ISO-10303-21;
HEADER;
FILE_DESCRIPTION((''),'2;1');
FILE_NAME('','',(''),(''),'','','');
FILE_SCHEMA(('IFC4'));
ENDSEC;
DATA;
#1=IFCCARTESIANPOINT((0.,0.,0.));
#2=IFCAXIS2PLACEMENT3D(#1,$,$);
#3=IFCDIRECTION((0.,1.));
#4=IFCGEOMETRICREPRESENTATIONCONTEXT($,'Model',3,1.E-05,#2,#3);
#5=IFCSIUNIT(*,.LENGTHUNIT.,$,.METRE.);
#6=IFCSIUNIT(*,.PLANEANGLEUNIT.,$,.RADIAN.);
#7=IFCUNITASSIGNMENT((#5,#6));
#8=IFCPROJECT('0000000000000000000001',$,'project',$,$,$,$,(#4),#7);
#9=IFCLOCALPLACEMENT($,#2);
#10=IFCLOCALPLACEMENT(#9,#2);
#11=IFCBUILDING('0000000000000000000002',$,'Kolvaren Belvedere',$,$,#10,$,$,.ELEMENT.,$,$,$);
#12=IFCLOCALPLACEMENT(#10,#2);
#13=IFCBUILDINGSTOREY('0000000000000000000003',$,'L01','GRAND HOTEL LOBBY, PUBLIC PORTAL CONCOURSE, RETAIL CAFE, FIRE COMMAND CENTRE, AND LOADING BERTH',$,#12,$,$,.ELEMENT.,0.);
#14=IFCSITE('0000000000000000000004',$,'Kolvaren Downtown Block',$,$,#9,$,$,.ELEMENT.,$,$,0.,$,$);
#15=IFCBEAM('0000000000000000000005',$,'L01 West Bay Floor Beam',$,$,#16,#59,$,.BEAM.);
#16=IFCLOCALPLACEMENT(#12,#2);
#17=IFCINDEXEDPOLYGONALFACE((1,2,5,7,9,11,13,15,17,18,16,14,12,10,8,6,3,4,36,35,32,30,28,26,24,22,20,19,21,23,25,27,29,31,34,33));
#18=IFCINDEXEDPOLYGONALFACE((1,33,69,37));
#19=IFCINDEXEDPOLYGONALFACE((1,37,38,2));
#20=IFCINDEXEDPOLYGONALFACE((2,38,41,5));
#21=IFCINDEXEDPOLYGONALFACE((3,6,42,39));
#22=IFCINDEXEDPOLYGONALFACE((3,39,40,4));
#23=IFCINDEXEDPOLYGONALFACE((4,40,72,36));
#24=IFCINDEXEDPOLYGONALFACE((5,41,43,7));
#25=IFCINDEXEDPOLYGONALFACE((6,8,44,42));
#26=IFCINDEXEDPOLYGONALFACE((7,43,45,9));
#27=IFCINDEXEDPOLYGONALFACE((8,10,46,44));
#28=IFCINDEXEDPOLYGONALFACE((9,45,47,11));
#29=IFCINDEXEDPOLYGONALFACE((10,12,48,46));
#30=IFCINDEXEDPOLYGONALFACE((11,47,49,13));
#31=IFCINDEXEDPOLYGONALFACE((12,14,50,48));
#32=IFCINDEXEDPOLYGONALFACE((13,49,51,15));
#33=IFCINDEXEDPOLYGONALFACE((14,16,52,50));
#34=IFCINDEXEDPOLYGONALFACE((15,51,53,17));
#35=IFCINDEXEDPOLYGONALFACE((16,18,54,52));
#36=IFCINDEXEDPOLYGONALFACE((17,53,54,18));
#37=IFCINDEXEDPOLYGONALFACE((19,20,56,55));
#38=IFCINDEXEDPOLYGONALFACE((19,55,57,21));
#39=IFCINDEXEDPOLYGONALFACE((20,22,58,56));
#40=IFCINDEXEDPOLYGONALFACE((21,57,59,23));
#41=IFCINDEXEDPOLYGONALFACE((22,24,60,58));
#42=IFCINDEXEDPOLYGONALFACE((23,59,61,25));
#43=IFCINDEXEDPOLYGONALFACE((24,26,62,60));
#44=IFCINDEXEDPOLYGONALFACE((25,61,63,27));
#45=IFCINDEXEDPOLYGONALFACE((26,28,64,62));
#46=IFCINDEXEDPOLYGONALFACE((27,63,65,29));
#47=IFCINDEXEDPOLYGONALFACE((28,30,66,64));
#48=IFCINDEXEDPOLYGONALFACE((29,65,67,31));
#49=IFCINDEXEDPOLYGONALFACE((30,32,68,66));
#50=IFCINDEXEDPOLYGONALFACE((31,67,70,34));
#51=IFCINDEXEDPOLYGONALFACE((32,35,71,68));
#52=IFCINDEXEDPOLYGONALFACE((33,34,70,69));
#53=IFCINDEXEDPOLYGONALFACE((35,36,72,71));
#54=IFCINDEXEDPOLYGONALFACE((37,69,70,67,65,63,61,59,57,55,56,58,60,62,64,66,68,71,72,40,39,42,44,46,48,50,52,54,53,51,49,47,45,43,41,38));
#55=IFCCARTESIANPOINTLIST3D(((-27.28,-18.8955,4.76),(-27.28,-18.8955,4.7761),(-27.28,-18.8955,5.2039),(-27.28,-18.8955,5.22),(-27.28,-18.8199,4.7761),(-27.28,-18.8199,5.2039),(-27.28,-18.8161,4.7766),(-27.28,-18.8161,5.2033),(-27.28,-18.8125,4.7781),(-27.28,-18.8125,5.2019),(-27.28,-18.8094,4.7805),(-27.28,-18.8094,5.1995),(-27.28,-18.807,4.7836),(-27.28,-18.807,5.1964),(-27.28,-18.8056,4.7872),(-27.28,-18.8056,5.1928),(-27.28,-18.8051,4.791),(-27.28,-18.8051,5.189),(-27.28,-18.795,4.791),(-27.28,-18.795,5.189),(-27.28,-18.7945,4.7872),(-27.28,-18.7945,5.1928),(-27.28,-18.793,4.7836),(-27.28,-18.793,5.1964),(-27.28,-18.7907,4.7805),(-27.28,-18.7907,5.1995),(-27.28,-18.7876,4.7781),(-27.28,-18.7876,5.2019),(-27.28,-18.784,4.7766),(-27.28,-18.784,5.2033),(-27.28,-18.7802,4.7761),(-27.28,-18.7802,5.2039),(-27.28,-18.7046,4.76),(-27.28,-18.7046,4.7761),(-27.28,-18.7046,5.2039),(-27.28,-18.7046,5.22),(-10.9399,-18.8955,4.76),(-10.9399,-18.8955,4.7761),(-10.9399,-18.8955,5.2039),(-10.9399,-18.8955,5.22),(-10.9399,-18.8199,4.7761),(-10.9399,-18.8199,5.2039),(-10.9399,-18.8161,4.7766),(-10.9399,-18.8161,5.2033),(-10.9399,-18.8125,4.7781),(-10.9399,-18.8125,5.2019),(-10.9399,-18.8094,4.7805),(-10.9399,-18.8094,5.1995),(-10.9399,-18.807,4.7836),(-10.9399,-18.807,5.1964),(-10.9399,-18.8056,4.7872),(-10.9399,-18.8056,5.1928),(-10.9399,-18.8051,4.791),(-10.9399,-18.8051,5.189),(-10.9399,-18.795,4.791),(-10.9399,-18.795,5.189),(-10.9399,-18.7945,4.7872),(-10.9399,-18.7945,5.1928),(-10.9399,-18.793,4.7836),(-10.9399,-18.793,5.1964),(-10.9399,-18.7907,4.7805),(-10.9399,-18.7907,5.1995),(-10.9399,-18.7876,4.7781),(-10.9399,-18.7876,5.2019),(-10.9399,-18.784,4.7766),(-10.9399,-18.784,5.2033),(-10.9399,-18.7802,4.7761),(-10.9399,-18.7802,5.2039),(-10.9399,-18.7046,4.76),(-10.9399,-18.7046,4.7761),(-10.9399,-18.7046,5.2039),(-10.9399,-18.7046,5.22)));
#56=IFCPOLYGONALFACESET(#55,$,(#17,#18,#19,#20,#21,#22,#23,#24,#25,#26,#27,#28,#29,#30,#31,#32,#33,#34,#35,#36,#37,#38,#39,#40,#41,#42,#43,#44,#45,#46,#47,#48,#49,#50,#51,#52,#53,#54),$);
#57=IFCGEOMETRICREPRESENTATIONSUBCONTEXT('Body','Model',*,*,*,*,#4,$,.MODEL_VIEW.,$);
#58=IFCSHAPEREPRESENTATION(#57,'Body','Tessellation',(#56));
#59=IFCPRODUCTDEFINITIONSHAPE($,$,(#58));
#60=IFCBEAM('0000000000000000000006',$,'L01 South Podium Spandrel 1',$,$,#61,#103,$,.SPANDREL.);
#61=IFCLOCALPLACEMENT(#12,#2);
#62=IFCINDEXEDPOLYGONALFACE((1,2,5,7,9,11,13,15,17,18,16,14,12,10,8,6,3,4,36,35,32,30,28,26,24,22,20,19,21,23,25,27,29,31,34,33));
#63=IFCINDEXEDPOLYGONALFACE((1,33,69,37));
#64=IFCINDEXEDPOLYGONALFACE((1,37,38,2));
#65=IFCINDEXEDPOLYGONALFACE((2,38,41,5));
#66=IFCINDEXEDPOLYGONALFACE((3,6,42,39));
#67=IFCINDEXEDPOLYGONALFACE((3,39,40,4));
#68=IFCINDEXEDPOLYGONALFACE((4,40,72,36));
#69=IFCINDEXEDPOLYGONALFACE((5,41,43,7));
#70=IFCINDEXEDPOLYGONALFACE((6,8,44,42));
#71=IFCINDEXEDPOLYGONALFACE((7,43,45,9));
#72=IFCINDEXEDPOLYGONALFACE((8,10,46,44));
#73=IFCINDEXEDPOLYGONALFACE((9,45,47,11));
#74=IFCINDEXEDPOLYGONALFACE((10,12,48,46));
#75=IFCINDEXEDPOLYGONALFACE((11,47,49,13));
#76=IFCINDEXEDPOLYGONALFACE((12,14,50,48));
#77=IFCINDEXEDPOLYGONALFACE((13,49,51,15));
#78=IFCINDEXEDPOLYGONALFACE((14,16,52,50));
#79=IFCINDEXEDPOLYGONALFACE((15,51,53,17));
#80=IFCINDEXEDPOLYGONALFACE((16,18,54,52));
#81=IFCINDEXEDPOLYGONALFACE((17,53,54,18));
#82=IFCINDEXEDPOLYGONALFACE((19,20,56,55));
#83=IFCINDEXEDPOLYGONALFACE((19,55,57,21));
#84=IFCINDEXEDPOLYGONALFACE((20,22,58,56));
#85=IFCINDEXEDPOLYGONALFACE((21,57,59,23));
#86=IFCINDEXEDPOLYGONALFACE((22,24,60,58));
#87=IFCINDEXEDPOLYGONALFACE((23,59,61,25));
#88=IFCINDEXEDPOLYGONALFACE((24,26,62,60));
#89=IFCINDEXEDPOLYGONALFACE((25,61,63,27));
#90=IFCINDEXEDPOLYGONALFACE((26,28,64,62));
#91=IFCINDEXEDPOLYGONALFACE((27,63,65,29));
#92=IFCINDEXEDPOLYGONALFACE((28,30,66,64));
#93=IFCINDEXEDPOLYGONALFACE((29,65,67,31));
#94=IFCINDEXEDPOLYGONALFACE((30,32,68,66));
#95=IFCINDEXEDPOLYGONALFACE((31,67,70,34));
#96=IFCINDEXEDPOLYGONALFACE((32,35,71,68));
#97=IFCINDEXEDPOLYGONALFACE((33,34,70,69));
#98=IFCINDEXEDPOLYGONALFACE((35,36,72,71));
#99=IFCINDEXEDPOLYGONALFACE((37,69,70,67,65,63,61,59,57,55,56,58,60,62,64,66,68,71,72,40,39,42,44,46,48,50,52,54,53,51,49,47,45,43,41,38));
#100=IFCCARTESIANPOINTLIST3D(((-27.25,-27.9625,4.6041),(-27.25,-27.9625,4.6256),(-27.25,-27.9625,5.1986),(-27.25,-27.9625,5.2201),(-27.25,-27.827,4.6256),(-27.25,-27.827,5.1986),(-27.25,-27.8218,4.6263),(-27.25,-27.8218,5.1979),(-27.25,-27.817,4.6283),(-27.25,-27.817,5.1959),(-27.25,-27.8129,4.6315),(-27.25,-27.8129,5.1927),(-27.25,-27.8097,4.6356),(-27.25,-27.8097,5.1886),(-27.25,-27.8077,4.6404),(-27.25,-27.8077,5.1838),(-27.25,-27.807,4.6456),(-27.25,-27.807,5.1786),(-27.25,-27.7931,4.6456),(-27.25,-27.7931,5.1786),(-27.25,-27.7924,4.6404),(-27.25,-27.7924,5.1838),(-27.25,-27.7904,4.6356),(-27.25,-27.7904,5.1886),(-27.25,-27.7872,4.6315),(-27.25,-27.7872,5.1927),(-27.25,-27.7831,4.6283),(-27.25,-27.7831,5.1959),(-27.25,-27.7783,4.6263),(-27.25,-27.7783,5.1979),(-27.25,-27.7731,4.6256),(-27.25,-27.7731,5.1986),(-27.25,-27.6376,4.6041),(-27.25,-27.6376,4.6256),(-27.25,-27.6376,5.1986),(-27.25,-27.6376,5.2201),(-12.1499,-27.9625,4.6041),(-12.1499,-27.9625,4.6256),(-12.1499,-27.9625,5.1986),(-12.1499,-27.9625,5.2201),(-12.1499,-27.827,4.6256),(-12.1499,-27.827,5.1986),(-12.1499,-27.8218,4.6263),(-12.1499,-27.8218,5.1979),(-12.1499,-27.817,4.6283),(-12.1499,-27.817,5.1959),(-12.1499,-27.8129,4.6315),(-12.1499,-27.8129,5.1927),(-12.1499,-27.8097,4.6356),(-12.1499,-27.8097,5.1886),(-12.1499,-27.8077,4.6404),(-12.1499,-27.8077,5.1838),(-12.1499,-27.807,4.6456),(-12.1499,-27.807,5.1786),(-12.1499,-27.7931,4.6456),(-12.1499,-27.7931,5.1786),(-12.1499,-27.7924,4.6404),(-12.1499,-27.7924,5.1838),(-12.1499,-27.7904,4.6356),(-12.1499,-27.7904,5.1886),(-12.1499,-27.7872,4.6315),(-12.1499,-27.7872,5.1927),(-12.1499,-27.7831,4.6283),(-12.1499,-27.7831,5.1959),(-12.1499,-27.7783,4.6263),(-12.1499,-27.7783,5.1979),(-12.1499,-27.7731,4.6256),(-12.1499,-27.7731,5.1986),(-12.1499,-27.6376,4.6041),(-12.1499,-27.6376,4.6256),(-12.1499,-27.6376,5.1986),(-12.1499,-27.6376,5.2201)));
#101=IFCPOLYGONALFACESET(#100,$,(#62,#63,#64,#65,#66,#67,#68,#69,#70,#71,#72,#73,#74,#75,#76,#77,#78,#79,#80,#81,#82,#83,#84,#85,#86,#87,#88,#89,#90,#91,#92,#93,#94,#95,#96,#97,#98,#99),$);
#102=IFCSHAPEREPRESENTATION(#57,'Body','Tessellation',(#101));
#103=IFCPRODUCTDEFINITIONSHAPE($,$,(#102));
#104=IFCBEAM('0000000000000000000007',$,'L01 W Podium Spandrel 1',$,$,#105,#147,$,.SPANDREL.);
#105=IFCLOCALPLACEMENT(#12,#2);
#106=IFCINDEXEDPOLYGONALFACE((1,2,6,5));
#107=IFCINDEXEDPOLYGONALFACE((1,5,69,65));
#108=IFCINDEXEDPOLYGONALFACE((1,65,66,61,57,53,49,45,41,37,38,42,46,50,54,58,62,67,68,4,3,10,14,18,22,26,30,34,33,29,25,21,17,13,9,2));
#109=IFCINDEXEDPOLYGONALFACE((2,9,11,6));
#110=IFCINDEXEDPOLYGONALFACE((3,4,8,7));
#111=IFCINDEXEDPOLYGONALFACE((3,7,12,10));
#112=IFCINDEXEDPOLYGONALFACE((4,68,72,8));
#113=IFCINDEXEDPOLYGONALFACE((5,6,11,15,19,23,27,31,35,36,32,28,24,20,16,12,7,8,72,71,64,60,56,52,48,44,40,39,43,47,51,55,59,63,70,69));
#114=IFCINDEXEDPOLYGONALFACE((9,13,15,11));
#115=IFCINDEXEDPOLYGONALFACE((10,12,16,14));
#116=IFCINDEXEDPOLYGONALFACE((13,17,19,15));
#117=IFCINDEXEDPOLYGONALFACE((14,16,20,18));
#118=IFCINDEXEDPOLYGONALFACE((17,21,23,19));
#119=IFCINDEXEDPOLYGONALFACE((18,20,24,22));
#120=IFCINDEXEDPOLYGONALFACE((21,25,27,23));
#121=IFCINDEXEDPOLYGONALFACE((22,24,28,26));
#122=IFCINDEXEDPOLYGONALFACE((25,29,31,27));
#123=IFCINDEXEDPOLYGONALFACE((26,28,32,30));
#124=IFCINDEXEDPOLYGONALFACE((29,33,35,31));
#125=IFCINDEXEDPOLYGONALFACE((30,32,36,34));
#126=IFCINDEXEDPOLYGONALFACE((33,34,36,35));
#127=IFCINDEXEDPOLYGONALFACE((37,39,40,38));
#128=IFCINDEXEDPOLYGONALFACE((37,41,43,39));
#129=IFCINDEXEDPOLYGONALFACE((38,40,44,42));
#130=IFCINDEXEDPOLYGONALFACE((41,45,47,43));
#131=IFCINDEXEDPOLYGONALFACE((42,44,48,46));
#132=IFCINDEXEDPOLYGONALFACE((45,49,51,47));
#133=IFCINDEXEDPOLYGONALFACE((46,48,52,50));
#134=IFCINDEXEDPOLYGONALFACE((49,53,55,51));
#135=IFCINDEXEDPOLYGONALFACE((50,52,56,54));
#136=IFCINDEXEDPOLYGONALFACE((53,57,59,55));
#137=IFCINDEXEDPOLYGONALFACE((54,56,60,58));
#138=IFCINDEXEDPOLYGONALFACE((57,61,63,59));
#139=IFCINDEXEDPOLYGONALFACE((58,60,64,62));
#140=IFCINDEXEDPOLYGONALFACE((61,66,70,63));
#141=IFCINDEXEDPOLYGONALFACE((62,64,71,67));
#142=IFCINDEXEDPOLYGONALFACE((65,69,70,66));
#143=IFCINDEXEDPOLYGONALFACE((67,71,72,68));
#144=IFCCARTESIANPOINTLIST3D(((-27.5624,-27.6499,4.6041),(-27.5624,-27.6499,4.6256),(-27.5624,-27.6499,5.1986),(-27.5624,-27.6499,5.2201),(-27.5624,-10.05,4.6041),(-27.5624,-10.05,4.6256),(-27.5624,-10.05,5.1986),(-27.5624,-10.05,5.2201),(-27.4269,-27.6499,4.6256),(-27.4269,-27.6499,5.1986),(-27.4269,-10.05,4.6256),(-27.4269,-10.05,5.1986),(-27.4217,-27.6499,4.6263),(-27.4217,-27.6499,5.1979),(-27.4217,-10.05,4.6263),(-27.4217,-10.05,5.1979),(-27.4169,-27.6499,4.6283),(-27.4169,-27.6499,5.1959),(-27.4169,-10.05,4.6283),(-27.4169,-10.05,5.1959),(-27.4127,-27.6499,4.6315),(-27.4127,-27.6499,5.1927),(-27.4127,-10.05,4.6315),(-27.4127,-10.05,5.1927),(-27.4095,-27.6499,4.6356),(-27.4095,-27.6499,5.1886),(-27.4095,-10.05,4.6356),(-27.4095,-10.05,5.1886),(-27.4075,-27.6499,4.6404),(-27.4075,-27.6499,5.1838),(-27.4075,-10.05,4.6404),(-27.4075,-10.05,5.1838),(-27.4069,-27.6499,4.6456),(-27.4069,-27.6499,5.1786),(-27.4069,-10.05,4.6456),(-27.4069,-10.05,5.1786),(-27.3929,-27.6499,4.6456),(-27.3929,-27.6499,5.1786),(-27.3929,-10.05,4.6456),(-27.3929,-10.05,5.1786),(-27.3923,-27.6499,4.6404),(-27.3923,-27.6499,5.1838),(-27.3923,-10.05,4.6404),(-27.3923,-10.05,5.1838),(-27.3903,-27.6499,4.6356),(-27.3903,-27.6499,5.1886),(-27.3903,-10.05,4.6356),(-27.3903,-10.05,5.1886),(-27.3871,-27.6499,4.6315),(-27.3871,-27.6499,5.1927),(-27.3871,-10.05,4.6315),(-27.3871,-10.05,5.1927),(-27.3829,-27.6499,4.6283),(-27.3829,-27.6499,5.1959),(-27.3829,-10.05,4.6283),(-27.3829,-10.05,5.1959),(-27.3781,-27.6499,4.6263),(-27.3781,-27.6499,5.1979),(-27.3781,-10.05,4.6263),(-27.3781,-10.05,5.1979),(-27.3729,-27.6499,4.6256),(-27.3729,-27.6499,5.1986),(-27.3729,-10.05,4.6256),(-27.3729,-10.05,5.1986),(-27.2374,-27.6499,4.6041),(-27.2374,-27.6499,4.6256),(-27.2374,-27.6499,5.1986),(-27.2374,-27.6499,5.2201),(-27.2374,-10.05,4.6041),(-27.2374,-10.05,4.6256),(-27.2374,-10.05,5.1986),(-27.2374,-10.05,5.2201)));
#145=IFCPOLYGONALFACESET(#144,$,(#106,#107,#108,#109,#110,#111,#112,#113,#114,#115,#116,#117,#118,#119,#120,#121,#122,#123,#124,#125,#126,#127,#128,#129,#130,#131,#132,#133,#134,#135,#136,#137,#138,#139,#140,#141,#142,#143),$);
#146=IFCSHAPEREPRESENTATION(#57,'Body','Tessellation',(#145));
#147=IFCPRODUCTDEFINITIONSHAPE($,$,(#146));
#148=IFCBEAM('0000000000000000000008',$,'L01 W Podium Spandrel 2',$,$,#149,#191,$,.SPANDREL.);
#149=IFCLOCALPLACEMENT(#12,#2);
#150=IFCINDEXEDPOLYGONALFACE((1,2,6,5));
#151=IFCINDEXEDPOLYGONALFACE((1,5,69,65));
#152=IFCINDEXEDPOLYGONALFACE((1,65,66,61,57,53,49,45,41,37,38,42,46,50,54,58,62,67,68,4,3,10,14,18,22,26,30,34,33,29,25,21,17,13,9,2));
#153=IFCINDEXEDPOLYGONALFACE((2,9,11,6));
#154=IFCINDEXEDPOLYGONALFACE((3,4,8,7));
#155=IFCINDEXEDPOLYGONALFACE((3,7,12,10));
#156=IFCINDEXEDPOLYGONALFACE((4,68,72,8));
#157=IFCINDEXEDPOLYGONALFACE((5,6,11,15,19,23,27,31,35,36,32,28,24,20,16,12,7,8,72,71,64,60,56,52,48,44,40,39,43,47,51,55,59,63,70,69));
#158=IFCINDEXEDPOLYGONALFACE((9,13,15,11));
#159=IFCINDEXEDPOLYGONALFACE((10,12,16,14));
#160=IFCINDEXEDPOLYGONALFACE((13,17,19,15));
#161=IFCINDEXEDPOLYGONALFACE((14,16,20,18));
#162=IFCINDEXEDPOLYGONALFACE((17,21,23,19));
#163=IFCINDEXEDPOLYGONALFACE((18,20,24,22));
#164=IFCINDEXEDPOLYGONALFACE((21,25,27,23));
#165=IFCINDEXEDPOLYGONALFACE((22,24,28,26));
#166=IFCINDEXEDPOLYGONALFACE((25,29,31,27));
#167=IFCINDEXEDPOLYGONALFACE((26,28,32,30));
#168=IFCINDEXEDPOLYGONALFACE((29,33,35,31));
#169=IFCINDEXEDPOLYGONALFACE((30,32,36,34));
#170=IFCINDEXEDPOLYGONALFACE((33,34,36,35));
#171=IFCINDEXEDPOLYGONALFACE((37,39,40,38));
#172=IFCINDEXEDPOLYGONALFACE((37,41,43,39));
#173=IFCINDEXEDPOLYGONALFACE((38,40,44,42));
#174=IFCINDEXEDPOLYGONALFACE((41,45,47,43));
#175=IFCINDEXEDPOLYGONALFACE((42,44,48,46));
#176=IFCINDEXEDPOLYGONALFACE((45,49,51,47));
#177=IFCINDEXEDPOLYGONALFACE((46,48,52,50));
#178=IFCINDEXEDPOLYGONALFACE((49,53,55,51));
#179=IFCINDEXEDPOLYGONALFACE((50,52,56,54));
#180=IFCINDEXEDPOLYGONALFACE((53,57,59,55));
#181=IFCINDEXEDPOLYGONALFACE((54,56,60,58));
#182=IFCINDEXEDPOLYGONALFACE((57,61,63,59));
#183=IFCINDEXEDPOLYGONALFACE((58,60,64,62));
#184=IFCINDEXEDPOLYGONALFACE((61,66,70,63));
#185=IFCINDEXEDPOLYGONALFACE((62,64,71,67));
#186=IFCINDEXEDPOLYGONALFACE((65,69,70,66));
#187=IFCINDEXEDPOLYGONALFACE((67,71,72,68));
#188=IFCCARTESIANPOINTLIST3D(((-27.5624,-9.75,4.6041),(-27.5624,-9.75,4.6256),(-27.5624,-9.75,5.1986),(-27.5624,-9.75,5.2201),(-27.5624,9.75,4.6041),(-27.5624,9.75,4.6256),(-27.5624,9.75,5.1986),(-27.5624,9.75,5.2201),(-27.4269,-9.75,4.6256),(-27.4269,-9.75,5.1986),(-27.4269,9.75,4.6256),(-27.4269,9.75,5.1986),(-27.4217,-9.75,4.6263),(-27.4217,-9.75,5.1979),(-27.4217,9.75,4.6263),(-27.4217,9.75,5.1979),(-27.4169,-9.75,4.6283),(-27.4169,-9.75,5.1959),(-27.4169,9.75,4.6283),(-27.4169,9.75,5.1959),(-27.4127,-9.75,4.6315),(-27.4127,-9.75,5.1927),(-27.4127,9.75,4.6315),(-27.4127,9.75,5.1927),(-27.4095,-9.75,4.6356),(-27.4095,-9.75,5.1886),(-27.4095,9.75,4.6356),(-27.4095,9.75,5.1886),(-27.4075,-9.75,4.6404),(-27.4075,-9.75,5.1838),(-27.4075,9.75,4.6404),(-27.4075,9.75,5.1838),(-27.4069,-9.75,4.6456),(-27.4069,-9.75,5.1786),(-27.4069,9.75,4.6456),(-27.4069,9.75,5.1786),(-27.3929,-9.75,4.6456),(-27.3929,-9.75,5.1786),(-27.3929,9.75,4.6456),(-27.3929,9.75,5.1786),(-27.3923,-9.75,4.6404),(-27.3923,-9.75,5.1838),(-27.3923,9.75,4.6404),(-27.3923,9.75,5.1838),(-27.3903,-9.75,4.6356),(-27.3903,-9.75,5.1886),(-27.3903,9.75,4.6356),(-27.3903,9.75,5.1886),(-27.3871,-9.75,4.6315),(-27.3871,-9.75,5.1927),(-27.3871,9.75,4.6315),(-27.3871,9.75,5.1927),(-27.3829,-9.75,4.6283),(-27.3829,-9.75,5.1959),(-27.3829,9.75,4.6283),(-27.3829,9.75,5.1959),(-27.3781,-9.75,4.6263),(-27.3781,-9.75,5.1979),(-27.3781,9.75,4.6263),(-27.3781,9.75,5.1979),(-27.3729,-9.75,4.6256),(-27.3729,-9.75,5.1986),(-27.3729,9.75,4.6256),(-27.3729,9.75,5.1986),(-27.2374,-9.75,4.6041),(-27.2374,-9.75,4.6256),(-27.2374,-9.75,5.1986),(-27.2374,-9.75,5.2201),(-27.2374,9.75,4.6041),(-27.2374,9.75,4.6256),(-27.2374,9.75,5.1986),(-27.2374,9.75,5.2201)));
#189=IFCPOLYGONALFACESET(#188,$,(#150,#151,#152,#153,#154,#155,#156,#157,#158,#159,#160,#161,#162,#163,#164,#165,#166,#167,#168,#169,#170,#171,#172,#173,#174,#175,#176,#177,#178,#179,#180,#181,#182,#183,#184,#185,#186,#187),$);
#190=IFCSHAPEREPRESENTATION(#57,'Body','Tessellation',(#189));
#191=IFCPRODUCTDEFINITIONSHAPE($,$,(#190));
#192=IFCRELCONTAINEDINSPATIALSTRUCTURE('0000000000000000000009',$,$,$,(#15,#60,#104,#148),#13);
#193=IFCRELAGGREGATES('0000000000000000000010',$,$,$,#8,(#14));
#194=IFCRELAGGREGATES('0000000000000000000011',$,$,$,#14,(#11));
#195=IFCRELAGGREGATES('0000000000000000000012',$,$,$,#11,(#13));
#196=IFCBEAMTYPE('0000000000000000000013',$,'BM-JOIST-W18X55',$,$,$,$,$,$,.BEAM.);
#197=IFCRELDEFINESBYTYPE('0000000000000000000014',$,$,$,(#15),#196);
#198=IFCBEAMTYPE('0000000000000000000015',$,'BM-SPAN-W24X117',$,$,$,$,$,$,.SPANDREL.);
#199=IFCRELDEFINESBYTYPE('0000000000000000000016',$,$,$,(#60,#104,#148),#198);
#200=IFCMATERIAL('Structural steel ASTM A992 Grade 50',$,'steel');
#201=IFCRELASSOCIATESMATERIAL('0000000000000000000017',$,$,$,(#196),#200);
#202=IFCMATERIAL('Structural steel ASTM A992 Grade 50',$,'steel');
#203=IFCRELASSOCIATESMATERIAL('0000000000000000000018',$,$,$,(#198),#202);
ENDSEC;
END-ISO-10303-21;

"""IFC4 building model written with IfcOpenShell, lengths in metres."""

from ifc_helpers import new_model, si_unit, direction, frame, origin, origin_2d, place, context, subcontext, project, spatial, i_section, extrude, material, material_profile, profile_set, type_object, element, save


model = new_model("IFC4")

# Units and contexts
model_context = context("Model", 3, precision=1e-05, world=origin(), true_north=direction((0.0, 1.0)))
body_context = subcontext(model_context, "Body", "Model", "MODEL_VIEW")
ifc_project = project(units=[si_unit("LENGTHUNIT", "METRE"), si_unit("PLANEANGLEUNIT", "RADIAN")], contexts=[model_context])

# Site, building, storey
site_placement = place(None, origin())
site = spatial("IfcSite", under=ifc_project, at=site_placement, Name="Kolvaren Downtown Block", CompositionType="ELEMENT", RefElevation=0.0)
building_placement = place(site_placement, origin())
building = spatial("IfcBuilding", under=site, at=building_placement, Name="Kolvaren Belvedere", CompositionType="ELEMENT")
storey_placement = place(building_placement, origin())
storey = spatial("IfcBuildingStorey", under=building, at=storey_placement, Name="L01", Description="GRAND HOTEL LOBBY, PUBLIC PORTAL CONCOURSE, RETAIL CAFE, FIRE COMMAND CENTRE, AND LOADING BERTH", CompositionType="ELEMENT", Elevation=0.0)

# Beams
ifc_material_1 = material(Name="Structural steel ASTM A992 Grade 50", Category="steel")
ifc_material_profile_1 = material_profile(ifc_material_1, i_section(OverallWidth=0.1909, OverallDepth=0.46, WebThickness=0.01, FlangeThickness=0.0161, FilletRadius=0.0149, at=origin_2d()), Name="W18X55")
ifc_profile_set_1 = profile_set([ifc_material_profile_1], Name="Structural steel ASTM A992 Grade 50")
beam_type_1 = type_object("IfcBeamType", Name="BM-JOIST-W18X55", PredefinedType="BEAM", material=ifc_profile_set_1)
beam_1_placement = place(storey_placement, frame((-27.28, -18.8, 4.99), z_axis=(1.0, 0.0, 0.0), x_axis=(0.0, 1.0, 0.0)))
element("IfcBeam", 1, at=beam_1_placement, inside=storey, type_object=beam_type_1, Name="L01 West Bay Floor Beam", PredefinedType="BEAM", context=body_context, shape_type="SweptSolid", body=[
    extrude(i_section(OverallWidth=0.1909, OverallDepth=0.46, WebThickness=0.01, FlangeThickness=0.0161, FilletRadius=0.0149, at=origin_2d()), origin(), (0.0, 0.0, 1.0), 16.3401),
])
ifc_material_2 = material(Name="Structural steel ASTM A992 Grade 50", Category="steel")
ifc_material_profile_2 = material_profile(ifc_material_2, i_section(OverallWidth=0.325, OverallDepth=0.616, WebThickness=0.0139, FlangeThickness=0.0215, FilletRadius=0.02, at=origin_2d()), Name="W24X117")
ifc_profile_set_2 = profile_set([ifc_material_profile_2], Name="Structural steel ASTM A992 Grade 50")
beam_type_2 = type_object("IfcBeamType", Name="BM-SPAN-W24X117", PredefinedType="SPANDREL", material=ifc_profile_set_2)
beam_2_placement = place(storey_placement, frame((-27.25, -27.8, 4.9121), z_axis=(1.0, 0.0, 0.0), x_axis=(0.0, 1.0, 0.0)))
element("IfcBeam", 2, at=beam_2_placement, inside=storey, type_object=beam_type_2, Name="L01 South Podium Spandrel 1", PredefinedType="SPANDREL", context=body_context, shape_type="SweptSolid", body=[
    extrude(i_section(OverallWidth=0.325, OverallDepth=0.616, WebThickness=0.0139, FlangeThickness=0.0215, FilletRadius=0.02, at=origin_2d()), origin(), (0.0, 0.0, 1.0), 15.1001),
])
beam_3_placement = place(storey_placement, frame((-27.3999, -27.6499, 4.9121), z_axis=(0.0, 1.0, 0.0), x_axis=(-1.0, 0.0, 0.0)))
element("IfcBeam", 3, at=beam_3_placement, inside=storey, type_object=beam_type_2, Name="L01 W Podium Spandrel 1", PredefinedType="SPANDREL", context=body_context, shape_type="SweptSolid", body=[
    extrude(i_section(OverallWidth=0.325, OverallDepth=0.616, WebThickness=0.0139, FlangeThickness=0.0215, FilletRadius=0.02, at=origin_2d()), origin(), (0.0, 0.0, 1.0), 17.5999),
])
beam_4_placement = place(storey_placement, frame((-27.3999, -9.75, 4.9121), z_axis=(0.0, 1.0, 0.0), x_axis=(-1.0, 0.0, 0.0)))
element("IfcBeam", 4, at=beam_4_placement, inside=storey, type_object=beam_type_2, Name="L01 W Podium Spandrel 2", PredefinedType="SPANDREL", context=body_context, shape_type="SweptSolid", body=[
    extrude(i_section(OverallWidth=0.325, OverallDepth=0.616, WebThickness=0.0139, FlangeThickness=0.0215, FilletRadius=0.02, at=origin_2d()), origin(), (0.0, 0.0, 1.0), 19.5),
])

save(model, "model.ifc")
